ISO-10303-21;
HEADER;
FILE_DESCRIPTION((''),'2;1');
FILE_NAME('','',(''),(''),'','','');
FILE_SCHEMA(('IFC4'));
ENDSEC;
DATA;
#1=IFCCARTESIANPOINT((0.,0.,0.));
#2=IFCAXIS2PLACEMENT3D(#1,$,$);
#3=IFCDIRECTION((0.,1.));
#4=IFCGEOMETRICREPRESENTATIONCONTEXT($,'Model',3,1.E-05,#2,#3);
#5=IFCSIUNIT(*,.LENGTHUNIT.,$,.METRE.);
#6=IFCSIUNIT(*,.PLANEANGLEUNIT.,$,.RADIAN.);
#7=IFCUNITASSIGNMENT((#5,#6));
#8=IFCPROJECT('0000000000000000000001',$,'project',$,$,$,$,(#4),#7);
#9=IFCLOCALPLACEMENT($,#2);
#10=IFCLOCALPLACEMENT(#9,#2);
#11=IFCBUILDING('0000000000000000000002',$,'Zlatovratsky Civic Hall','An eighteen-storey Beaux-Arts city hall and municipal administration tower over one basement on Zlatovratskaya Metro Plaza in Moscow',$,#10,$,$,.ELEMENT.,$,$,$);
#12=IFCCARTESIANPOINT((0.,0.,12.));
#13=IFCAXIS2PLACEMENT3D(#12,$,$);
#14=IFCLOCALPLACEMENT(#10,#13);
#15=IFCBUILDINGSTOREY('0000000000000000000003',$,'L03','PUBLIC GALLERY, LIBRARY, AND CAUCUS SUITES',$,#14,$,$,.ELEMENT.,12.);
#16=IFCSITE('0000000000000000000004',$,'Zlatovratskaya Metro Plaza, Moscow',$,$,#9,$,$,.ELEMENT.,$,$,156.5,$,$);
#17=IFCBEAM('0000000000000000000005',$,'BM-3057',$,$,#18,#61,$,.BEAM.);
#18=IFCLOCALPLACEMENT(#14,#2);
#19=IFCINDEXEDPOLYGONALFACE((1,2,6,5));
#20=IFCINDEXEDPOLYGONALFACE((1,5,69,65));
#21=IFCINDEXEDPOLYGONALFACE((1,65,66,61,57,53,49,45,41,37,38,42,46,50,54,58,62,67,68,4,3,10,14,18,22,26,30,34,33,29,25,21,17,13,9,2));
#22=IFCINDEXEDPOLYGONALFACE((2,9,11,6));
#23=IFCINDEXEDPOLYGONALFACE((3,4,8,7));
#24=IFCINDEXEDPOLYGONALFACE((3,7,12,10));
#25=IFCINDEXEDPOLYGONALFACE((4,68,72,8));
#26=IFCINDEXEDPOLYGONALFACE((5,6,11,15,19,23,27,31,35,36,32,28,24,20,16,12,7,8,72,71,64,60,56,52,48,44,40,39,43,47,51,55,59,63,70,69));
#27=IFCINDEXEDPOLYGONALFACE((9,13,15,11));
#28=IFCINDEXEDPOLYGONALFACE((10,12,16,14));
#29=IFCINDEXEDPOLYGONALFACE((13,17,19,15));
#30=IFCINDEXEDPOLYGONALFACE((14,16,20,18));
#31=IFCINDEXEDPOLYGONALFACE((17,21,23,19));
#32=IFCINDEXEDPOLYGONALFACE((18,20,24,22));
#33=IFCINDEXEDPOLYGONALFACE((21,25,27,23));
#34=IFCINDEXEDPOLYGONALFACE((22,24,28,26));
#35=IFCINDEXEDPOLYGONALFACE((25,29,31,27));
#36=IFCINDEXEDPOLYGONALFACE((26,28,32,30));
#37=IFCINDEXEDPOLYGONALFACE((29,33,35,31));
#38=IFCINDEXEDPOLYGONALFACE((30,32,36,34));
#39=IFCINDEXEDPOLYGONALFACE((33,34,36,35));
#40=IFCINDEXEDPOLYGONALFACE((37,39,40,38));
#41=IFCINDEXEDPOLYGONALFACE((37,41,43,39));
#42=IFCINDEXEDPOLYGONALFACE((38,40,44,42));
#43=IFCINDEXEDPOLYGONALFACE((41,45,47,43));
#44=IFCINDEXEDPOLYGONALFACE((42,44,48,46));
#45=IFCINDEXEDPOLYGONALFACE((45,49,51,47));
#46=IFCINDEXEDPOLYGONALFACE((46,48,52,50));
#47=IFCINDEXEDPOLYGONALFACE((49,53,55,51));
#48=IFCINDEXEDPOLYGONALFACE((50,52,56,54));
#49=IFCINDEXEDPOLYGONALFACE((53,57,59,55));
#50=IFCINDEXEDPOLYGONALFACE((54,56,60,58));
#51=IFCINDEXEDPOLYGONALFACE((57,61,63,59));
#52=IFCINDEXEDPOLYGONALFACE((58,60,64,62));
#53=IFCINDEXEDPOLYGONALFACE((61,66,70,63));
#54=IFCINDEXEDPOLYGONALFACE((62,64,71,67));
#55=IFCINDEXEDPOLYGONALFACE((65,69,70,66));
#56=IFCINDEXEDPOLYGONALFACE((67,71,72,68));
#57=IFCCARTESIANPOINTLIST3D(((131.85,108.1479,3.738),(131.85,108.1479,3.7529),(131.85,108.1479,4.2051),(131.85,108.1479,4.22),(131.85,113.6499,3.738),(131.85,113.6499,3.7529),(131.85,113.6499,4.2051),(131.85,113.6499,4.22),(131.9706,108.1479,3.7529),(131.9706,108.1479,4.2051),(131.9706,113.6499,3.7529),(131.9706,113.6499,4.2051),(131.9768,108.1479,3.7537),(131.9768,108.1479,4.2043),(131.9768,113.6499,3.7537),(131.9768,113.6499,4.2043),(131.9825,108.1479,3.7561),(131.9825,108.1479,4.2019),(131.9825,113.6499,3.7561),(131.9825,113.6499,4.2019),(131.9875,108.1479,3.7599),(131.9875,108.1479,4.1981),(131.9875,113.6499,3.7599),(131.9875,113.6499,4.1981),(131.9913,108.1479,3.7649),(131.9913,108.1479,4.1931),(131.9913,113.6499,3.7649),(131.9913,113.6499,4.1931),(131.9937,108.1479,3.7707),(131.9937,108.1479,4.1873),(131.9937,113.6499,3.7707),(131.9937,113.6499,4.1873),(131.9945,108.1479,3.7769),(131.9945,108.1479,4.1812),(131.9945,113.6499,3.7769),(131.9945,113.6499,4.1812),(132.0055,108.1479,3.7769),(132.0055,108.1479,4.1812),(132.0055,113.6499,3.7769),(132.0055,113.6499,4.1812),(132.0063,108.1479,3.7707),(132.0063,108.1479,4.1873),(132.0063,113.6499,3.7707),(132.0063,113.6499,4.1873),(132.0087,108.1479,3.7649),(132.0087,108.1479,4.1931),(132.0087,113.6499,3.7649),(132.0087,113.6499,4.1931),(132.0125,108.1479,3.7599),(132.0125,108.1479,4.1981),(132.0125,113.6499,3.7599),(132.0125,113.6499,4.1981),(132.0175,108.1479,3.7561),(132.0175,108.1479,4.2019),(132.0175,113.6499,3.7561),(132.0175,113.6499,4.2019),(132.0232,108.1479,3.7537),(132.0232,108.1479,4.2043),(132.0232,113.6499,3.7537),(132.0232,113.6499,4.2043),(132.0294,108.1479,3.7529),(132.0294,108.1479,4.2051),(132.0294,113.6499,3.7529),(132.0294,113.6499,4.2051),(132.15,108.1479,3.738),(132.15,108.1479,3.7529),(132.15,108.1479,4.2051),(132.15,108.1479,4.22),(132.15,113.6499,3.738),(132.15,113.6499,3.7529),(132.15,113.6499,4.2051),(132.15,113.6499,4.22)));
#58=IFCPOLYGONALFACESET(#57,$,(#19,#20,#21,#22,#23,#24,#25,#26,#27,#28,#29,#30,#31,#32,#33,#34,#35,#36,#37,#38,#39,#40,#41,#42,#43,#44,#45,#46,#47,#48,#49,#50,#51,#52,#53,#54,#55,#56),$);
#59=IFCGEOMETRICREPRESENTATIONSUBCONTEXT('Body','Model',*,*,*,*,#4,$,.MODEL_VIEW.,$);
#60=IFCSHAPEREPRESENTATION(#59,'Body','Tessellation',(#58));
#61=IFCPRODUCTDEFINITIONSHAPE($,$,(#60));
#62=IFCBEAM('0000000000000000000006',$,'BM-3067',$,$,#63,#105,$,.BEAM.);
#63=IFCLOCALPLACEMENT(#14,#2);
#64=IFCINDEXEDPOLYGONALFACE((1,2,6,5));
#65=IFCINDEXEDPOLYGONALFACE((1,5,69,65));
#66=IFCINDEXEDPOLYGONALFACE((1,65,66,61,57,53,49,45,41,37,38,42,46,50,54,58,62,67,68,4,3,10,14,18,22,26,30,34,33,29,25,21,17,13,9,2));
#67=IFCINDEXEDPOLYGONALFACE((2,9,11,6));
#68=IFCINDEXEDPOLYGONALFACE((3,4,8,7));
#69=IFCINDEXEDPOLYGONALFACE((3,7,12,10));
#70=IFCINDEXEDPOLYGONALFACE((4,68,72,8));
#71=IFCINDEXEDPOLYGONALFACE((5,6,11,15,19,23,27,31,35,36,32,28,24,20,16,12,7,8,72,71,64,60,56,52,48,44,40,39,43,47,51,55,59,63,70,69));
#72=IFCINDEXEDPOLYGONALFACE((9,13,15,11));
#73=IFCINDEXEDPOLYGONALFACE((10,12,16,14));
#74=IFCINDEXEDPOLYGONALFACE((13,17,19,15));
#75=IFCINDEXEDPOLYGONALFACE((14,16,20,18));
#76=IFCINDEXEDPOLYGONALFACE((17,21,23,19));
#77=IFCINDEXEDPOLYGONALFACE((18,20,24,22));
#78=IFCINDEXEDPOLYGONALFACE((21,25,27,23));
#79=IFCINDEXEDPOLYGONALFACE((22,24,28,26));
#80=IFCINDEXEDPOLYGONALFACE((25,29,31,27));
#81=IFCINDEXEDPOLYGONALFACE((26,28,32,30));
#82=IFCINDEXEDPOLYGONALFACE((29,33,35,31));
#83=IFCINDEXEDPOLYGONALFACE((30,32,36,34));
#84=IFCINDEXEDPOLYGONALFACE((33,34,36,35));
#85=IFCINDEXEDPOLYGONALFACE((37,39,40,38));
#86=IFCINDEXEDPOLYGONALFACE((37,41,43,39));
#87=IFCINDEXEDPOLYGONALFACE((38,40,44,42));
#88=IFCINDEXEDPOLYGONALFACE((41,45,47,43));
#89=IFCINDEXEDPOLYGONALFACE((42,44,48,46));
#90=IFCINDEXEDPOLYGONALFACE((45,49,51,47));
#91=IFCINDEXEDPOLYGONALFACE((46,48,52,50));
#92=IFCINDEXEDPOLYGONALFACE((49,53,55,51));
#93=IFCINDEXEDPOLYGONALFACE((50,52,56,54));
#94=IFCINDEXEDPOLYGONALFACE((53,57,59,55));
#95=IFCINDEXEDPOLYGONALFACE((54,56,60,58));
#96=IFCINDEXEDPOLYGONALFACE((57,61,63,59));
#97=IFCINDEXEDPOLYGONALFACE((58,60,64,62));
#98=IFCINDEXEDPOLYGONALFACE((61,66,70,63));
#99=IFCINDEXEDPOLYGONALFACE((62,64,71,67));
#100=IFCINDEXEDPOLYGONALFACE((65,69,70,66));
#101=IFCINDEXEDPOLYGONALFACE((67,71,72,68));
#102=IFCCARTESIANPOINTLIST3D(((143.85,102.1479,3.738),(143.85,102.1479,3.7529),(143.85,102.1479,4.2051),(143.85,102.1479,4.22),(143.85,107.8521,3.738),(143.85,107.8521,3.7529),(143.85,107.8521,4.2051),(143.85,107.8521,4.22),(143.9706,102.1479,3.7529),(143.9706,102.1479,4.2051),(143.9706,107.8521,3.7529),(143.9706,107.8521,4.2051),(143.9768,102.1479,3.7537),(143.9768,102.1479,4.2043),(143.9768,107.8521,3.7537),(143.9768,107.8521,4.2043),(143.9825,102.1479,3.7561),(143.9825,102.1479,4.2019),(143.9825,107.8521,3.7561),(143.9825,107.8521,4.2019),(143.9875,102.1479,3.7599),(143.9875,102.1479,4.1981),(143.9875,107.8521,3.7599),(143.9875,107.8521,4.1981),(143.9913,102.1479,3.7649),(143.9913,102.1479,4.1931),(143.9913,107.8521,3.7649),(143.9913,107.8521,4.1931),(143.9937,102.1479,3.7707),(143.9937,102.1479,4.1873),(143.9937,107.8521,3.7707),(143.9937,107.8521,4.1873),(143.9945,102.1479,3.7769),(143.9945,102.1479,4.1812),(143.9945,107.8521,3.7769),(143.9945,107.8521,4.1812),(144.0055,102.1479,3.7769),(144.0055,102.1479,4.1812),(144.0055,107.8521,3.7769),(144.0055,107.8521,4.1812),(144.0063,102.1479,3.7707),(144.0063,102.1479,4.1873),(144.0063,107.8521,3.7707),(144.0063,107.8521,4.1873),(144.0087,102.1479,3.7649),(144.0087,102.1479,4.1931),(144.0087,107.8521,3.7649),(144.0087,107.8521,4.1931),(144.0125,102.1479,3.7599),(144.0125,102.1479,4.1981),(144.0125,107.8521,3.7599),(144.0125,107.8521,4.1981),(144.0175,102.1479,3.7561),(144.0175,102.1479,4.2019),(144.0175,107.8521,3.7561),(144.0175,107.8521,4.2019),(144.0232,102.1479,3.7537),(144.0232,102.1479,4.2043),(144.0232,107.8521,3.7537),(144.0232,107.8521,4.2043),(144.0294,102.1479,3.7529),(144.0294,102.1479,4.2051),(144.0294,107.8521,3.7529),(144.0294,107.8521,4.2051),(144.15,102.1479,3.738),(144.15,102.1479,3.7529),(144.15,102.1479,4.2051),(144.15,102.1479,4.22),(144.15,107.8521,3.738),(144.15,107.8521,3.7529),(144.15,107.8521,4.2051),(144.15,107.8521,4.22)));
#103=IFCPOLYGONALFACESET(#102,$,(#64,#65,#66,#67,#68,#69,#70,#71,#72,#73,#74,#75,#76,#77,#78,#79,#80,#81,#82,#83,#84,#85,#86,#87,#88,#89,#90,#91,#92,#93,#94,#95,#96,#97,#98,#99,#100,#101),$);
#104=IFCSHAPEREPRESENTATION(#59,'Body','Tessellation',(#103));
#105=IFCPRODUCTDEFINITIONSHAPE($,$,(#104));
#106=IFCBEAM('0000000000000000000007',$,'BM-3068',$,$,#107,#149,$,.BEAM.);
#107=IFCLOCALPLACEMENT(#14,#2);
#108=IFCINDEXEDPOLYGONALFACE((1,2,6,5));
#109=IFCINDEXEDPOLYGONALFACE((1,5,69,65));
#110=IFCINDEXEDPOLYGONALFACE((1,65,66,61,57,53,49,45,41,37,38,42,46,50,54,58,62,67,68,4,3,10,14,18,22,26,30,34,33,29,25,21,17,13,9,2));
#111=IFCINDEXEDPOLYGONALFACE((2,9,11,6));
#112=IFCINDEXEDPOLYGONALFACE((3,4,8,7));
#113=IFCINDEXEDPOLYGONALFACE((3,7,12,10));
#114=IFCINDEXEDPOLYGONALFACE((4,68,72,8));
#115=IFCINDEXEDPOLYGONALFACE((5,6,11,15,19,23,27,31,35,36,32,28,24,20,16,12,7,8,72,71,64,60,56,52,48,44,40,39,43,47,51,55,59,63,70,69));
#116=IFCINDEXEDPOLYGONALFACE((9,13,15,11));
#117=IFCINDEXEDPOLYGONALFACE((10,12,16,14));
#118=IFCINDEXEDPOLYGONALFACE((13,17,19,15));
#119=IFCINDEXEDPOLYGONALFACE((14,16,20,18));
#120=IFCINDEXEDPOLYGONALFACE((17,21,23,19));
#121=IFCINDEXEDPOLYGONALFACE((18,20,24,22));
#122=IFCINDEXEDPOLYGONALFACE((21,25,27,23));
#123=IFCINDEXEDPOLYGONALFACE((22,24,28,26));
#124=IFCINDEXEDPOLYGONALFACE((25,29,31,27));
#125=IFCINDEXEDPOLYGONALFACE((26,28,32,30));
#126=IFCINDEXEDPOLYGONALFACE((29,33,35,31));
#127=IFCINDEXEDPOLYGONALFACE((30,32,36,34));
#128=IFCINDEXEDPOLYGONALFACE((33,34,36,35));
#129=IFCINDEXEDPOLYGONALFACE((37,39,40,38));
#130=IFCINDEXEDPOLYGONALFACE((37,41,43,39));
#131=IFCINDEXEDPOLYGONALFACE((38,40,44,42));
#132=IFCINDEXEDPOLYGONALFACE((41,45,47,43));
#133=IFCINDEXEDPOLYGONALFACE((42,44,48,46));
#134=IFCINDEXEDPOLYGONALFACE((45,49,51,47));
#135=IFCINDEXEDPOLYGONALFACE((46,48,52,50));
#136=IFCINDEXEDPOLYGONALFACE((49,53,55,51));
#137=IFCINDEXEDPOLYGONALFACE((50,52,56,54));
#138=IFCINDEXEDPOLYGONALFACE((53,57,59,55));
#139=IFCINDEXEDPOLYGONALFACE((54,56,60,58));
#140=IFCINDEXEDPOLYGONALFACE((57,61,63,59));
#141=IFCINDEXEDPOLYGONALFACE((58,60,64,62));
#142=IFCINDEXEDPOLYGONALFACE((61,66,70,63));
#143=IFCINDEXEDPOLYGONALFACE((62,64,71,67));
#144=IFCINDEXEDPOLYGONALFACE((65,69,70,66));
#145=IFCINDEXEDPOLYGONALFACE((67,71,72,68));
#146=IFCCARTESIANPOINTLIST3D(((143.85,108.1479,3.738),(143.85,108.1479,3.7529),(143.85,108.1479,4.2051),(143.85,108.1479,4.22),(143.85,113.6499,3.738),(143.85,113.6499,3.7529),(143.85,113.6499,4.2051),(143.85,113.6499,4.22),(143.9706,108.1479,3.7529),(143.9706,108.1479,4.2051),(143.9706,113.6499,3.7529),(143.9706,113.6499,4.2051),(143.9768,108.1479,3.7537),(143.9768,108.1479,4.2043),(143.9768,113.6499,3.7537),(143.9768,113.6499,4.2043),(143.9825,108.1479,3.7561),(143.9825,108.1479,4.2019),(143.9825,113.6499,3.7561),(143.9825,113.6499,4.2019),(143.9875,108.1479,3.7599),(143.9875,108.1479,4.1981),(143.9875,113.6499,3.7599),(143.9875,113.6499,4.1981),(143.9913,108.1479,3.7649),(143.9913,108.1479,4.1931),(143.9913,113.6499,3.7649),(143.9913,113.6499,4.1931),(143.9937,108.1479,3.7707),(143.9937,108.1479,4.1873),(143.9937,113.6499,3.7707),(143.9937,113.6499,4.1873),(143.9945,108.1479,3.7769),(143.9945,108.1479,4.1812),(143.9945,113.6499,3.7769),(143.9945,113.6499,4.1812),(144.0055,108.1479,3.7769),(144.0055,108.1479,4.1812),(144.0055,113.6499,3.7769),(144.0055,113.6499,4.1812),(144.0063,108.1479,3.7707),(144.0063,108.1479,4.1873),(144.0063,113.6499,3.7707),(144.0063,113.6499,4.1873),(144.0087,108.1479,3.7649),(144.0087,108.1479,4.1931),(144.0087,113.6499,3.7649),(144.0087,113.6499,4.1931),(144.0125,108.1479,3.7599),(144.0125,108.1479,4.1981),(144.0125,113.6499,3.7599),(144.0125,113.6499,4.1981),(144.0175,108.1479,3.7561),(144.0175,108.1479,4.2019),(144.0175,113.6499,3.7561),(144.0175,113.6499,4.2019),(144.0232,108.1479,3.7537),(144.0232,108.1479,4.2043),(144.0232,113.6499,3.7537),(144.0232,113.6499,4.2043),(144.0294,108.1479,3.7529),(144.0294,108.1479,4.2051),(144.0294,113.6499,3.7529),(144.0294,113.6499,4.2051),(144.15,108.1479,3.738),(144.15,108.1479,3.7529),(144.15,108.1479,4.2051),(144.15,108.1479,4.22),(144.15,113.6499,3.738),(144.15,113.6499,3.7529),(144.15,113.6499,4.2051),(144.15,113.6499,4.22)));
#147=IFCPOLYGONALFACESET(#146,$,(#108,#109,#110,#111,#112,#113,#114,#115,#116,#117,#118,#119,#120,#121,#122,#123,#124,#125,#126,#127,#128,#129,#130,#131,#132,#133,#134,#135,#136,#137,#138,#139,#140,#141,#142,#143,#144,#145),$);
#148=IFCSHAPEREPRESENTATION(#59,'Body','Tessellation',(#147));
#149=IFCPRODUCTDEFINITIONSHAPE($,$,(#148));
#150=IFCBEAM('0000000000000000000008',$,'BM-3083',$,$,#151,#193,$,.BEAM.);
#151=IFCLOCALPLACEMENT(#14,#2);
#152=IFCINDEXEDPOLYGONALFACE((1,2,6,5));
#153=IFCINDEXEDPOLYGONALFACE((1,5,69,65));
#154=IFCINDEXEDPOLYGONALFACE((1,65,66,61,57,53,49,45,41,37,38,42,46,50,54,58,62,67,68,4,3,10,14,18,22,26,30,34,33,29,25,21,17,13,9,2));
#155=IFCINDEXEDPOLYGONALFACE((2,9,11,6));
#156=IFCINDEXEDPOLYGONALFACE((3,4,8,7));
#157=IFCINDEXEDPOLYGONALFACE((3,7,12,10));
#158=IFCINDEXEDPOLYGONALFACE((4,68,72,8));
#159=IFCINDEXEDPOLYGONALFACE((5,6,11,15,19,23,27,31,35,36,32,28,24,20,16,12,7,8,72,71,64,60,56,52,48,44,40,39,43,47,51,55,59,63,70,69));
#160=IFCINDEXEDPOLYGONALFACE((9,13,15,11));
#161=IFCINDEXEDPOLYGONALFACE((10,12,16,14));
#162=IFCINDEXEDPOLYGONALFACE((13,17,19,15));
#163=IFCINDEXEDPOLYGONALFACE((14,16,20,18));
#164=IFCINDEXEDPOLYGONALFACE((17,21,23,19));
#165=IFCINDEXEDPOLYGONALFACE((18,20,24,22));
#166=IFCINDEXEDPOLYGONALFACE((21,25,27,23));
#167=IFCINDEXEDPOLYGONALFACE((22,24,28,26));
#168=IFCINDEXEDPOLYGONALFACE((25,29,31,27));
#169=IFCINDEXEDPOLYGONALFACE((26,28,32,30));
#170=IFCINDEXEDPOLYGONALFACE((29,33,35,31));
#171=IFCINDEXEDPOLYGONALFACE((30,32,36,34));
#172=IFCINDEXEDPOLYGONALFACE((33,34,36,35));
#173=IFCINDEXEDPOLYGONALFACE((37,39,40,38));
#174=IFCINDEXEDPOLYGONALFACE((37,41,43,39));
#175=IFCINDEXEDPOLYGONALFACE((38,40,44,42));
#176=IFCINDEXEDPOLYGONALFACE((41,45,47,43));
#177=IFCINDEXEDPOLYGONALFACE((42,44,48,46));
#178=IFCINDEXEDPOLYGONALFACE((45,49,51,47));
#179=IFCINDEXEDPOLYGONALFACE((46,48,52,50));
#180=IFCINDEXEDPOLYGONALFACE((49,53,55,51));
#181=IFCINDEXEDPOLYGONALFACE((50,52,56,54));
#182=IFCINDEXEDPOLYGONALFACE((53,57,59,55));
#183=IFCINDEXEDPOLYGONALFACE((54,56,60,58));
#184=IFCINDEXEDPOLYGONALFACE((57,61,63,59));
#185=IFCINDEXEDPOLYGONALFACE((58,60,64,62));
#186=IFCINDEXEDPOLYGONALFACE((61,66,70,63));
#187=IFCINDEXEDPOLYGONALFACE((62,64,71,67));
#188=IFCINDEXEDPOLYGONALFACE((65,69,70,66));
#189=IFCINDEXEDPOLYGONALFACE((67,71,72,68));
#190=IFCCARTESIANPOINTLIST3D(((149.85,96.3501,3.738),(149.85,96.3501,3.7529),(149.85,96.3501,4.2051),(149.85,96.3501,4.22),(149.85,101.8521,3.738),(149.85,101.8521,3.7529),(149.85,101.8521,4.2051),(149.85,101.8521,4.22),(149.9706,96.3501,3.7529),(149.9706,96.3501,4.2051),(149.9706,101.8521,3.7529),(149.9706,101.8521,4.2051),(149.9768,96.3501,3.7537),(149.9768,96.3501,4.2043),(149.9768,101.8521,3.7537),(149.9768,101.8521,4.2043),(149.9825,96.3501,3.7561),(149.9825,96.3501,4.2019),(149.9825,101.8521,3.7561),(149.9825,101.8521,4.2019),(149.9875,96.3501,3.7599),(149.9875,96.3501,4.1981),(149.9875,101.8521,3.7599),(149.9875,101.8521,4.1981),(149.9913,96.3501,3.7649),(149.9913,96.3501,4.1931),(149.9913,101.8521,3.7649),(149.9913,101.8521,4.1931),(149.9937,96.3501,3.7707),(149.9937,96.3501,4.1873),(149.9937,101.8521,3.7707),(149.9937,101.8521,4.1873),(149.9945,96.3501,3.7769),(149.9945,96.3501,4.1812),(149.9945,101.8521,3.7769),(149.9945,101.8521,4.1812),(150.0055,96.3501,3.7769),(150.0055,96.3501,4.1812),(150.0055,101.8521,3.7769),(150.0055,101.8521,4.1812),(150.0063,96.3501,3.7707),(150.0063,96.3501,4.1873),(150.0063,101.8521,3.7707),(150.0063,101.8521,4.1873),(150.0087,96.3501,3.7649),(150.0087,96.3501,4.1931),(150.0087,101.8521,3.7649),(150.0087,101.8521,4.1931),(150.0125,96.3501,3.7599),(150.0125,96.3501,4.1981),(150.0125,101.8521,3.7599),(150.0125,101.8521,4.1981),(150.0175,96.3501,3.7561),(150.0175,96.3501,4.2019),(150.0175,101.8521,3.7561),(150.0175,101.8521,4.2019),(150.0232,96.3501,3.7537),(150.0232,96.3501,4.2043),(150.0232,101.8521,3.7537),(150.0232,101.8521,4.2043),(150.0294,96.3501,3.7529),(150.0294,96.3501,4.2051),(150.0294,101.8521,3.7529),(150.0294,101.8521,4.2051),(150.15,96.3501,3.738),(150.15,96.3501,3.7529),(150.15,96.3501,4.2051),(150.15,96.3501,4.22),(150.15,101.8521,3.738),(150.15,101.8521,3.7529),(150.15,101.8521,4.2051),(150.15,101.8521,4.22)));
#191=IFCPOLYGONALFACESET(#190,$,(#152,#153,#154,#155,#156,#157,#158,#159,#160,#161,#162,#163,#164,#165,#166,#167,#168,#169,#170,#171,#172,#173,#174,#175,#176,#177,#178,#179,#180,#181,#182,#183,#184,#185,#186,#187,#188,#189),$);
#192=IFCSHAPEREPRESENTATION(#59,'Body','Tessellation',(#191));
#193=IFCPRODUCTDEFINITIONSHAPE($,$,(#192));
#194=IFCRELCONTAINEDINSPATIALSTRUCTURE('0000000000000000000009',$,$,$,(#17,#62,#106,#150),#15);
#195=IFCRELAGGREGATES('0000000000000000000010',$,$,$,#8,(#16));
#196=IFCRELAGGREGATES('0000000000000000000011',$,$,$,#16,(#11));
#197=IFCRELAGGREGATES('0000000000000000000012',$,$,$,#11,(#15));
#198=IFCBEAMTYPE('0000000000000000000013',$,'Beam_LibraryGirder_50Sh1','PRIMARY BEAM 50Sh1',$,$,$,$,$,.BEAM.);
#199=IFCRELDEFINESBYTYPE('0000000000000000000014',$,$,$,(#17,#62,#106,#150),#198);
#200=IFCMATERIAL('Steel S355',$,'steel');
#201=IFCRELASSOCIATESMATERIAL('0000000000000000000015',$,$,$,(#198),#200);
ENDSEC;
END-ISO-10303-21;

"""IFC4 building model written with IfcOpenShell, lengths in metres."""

from ifc_helpers import new_model, si_unit, direction, frame, origin, origin_2d, place, context, subcontext, project, spatial, i_section, extrude, material, material_profile, profile_set, type_object, element, save


model = new_model("IFC4")

# Units and contexts
model_context = context("Model", 3, precision=1e-05, world=origin(), true_north=direction((0.0, 1.0)))
body_context = subcontext(model_context, "Body", "Model", "MODEL_VIEW")
ifc_project = project(units=[si_unit("LENGTHUNIT", "METRE"), si_unit("PLANEANGLEUNIT", "RADIAN")], contexts=[model_context])

# Site, building, storey
site_placement = place(None, origin())
site = spatial("IfcSite", under=ifc_project, at=site_placement, Name="Zlatovratskaya Metro Plaza, Moscow", CompositionType="ELEMENT", RefElevation=156.5)
building_placement = place(site_placement, origin())
building = spatial("IfcBuilding", under=site, at=building_placement, Name="Zlatovratsky Civic Hall", Description="An eighteen-storey Beaux-Arts city hall and municipal administration tower over one basement on Zlatovratskaya Metro Plaza in Moscow", CompositionType="ELEMENT")
storey_placement = place(building_placement, frame((0.0, 0.0, 12.0)))
storey = spatial("IfcBuildingStorey", under=building, at=storey_placement, Name="L03", Description="PUBLIC GALLERY, LIBRARY, AND CAUCUS SUITES", CompositionType="ELEMENT", Elevation=12.0)

# Shared definitions
ifc_material_1 = material(Name="Steel S355", Category="steel")

# Beams
ifc_material_profile_1 = material_profile(ifc_material_1, i_section(OverallWidth=0.3, OverallDepth=0.4819, WebThickness=0.011, FlangeThickness=0.0149, FilletRadius=0.0239, at=origin_2d()), Name="50Sh1")
ifc_profile_set_1 = profile_set([ifc_material_profile_1], Name="Steel S355")
beam_type_1 = type_object("IfcBeamType", Name="Beam_LibraryGirder_50Sh1", Description="PRIMARY BEAM 50Sh1", PredefinedType="BEAM", material=ifc_profile_set_1)
beam_1_placement = place(storey_placement, frame((132.0, 108.1479, 3.979), z_axis=(0.0, 1.0, 0.0), x_axis=(-1.0, 0.0, 0.0)))
element("IfcBeam", 1, at=beam_1_placement, inside=storey, type_object=beam_type_1, Name="BM-3057", PredefinedType="BEAM", context=body_context, shape_type="SweptSolid", body=[
    extrude(i_section(OverallWidth=0.3, OverallDepth=0.4819, WebThickness=0.011, FlangeThickness=0.0149, FilletRadius=0.0239, at=origin_2d()), origin(), (0.0, 0.0, 1.0), 5.502),
])
beam_2_placement = place(storey_placement, frame((144.0, 102.1479, 3.979), z_axis=(0.0, 1.0, 0.0), x_axis=(-1.0, 0.0, 0.0)))
element("IfcBeam", 2, at=beam_2_placement, inside=storey, type_object=beam_type_1, Name="BM-3067", PredefinedType="BEAM", context=body_context, shape_type="SweptSolid", body=[
    extrude(i_section(OverallWidth=0.3, OverallDepth=0.4819, WebThickness=0.011, FlangeThickness=0.0149, FilletRadius=0.0239, at=origin_2d()), origin(), (0.0, 0.0, 1.0), 5.7041),
])
for number, where, z_axis, x_axis, name in (
    (3, (144.0, 108.1479, 3.979), (0.0, 1.0, 0.0), (-1.0, 0.0, 0.0), "BM-3068"),
    (4, (150.0, 96.3501, 3.979), (0.0, 1.0, 0.0), (-1.0, 0.0, 0.0), "BM-3083"),
):
    element("IfcBeam", number, at=place(storey_placement, frame(where, z_axis=z_axis, x_axis=x_axis)), inside=storey, type_object=beam_type_1, Name=name, PredefinedType="BEAM", context=body_context, shape_type="SweptSolid", body=[
        extrude(i_section(OverallWidth=0.3, OverallDepth=0.4819, WebThickness=0.011, FlangeThickness=0.0149, FilletRadius=0.0239, at=origin_2d()), origin(), (0.0, 0.0, 1.0), 5.502),
    ])

save(model, "model.ifc")
